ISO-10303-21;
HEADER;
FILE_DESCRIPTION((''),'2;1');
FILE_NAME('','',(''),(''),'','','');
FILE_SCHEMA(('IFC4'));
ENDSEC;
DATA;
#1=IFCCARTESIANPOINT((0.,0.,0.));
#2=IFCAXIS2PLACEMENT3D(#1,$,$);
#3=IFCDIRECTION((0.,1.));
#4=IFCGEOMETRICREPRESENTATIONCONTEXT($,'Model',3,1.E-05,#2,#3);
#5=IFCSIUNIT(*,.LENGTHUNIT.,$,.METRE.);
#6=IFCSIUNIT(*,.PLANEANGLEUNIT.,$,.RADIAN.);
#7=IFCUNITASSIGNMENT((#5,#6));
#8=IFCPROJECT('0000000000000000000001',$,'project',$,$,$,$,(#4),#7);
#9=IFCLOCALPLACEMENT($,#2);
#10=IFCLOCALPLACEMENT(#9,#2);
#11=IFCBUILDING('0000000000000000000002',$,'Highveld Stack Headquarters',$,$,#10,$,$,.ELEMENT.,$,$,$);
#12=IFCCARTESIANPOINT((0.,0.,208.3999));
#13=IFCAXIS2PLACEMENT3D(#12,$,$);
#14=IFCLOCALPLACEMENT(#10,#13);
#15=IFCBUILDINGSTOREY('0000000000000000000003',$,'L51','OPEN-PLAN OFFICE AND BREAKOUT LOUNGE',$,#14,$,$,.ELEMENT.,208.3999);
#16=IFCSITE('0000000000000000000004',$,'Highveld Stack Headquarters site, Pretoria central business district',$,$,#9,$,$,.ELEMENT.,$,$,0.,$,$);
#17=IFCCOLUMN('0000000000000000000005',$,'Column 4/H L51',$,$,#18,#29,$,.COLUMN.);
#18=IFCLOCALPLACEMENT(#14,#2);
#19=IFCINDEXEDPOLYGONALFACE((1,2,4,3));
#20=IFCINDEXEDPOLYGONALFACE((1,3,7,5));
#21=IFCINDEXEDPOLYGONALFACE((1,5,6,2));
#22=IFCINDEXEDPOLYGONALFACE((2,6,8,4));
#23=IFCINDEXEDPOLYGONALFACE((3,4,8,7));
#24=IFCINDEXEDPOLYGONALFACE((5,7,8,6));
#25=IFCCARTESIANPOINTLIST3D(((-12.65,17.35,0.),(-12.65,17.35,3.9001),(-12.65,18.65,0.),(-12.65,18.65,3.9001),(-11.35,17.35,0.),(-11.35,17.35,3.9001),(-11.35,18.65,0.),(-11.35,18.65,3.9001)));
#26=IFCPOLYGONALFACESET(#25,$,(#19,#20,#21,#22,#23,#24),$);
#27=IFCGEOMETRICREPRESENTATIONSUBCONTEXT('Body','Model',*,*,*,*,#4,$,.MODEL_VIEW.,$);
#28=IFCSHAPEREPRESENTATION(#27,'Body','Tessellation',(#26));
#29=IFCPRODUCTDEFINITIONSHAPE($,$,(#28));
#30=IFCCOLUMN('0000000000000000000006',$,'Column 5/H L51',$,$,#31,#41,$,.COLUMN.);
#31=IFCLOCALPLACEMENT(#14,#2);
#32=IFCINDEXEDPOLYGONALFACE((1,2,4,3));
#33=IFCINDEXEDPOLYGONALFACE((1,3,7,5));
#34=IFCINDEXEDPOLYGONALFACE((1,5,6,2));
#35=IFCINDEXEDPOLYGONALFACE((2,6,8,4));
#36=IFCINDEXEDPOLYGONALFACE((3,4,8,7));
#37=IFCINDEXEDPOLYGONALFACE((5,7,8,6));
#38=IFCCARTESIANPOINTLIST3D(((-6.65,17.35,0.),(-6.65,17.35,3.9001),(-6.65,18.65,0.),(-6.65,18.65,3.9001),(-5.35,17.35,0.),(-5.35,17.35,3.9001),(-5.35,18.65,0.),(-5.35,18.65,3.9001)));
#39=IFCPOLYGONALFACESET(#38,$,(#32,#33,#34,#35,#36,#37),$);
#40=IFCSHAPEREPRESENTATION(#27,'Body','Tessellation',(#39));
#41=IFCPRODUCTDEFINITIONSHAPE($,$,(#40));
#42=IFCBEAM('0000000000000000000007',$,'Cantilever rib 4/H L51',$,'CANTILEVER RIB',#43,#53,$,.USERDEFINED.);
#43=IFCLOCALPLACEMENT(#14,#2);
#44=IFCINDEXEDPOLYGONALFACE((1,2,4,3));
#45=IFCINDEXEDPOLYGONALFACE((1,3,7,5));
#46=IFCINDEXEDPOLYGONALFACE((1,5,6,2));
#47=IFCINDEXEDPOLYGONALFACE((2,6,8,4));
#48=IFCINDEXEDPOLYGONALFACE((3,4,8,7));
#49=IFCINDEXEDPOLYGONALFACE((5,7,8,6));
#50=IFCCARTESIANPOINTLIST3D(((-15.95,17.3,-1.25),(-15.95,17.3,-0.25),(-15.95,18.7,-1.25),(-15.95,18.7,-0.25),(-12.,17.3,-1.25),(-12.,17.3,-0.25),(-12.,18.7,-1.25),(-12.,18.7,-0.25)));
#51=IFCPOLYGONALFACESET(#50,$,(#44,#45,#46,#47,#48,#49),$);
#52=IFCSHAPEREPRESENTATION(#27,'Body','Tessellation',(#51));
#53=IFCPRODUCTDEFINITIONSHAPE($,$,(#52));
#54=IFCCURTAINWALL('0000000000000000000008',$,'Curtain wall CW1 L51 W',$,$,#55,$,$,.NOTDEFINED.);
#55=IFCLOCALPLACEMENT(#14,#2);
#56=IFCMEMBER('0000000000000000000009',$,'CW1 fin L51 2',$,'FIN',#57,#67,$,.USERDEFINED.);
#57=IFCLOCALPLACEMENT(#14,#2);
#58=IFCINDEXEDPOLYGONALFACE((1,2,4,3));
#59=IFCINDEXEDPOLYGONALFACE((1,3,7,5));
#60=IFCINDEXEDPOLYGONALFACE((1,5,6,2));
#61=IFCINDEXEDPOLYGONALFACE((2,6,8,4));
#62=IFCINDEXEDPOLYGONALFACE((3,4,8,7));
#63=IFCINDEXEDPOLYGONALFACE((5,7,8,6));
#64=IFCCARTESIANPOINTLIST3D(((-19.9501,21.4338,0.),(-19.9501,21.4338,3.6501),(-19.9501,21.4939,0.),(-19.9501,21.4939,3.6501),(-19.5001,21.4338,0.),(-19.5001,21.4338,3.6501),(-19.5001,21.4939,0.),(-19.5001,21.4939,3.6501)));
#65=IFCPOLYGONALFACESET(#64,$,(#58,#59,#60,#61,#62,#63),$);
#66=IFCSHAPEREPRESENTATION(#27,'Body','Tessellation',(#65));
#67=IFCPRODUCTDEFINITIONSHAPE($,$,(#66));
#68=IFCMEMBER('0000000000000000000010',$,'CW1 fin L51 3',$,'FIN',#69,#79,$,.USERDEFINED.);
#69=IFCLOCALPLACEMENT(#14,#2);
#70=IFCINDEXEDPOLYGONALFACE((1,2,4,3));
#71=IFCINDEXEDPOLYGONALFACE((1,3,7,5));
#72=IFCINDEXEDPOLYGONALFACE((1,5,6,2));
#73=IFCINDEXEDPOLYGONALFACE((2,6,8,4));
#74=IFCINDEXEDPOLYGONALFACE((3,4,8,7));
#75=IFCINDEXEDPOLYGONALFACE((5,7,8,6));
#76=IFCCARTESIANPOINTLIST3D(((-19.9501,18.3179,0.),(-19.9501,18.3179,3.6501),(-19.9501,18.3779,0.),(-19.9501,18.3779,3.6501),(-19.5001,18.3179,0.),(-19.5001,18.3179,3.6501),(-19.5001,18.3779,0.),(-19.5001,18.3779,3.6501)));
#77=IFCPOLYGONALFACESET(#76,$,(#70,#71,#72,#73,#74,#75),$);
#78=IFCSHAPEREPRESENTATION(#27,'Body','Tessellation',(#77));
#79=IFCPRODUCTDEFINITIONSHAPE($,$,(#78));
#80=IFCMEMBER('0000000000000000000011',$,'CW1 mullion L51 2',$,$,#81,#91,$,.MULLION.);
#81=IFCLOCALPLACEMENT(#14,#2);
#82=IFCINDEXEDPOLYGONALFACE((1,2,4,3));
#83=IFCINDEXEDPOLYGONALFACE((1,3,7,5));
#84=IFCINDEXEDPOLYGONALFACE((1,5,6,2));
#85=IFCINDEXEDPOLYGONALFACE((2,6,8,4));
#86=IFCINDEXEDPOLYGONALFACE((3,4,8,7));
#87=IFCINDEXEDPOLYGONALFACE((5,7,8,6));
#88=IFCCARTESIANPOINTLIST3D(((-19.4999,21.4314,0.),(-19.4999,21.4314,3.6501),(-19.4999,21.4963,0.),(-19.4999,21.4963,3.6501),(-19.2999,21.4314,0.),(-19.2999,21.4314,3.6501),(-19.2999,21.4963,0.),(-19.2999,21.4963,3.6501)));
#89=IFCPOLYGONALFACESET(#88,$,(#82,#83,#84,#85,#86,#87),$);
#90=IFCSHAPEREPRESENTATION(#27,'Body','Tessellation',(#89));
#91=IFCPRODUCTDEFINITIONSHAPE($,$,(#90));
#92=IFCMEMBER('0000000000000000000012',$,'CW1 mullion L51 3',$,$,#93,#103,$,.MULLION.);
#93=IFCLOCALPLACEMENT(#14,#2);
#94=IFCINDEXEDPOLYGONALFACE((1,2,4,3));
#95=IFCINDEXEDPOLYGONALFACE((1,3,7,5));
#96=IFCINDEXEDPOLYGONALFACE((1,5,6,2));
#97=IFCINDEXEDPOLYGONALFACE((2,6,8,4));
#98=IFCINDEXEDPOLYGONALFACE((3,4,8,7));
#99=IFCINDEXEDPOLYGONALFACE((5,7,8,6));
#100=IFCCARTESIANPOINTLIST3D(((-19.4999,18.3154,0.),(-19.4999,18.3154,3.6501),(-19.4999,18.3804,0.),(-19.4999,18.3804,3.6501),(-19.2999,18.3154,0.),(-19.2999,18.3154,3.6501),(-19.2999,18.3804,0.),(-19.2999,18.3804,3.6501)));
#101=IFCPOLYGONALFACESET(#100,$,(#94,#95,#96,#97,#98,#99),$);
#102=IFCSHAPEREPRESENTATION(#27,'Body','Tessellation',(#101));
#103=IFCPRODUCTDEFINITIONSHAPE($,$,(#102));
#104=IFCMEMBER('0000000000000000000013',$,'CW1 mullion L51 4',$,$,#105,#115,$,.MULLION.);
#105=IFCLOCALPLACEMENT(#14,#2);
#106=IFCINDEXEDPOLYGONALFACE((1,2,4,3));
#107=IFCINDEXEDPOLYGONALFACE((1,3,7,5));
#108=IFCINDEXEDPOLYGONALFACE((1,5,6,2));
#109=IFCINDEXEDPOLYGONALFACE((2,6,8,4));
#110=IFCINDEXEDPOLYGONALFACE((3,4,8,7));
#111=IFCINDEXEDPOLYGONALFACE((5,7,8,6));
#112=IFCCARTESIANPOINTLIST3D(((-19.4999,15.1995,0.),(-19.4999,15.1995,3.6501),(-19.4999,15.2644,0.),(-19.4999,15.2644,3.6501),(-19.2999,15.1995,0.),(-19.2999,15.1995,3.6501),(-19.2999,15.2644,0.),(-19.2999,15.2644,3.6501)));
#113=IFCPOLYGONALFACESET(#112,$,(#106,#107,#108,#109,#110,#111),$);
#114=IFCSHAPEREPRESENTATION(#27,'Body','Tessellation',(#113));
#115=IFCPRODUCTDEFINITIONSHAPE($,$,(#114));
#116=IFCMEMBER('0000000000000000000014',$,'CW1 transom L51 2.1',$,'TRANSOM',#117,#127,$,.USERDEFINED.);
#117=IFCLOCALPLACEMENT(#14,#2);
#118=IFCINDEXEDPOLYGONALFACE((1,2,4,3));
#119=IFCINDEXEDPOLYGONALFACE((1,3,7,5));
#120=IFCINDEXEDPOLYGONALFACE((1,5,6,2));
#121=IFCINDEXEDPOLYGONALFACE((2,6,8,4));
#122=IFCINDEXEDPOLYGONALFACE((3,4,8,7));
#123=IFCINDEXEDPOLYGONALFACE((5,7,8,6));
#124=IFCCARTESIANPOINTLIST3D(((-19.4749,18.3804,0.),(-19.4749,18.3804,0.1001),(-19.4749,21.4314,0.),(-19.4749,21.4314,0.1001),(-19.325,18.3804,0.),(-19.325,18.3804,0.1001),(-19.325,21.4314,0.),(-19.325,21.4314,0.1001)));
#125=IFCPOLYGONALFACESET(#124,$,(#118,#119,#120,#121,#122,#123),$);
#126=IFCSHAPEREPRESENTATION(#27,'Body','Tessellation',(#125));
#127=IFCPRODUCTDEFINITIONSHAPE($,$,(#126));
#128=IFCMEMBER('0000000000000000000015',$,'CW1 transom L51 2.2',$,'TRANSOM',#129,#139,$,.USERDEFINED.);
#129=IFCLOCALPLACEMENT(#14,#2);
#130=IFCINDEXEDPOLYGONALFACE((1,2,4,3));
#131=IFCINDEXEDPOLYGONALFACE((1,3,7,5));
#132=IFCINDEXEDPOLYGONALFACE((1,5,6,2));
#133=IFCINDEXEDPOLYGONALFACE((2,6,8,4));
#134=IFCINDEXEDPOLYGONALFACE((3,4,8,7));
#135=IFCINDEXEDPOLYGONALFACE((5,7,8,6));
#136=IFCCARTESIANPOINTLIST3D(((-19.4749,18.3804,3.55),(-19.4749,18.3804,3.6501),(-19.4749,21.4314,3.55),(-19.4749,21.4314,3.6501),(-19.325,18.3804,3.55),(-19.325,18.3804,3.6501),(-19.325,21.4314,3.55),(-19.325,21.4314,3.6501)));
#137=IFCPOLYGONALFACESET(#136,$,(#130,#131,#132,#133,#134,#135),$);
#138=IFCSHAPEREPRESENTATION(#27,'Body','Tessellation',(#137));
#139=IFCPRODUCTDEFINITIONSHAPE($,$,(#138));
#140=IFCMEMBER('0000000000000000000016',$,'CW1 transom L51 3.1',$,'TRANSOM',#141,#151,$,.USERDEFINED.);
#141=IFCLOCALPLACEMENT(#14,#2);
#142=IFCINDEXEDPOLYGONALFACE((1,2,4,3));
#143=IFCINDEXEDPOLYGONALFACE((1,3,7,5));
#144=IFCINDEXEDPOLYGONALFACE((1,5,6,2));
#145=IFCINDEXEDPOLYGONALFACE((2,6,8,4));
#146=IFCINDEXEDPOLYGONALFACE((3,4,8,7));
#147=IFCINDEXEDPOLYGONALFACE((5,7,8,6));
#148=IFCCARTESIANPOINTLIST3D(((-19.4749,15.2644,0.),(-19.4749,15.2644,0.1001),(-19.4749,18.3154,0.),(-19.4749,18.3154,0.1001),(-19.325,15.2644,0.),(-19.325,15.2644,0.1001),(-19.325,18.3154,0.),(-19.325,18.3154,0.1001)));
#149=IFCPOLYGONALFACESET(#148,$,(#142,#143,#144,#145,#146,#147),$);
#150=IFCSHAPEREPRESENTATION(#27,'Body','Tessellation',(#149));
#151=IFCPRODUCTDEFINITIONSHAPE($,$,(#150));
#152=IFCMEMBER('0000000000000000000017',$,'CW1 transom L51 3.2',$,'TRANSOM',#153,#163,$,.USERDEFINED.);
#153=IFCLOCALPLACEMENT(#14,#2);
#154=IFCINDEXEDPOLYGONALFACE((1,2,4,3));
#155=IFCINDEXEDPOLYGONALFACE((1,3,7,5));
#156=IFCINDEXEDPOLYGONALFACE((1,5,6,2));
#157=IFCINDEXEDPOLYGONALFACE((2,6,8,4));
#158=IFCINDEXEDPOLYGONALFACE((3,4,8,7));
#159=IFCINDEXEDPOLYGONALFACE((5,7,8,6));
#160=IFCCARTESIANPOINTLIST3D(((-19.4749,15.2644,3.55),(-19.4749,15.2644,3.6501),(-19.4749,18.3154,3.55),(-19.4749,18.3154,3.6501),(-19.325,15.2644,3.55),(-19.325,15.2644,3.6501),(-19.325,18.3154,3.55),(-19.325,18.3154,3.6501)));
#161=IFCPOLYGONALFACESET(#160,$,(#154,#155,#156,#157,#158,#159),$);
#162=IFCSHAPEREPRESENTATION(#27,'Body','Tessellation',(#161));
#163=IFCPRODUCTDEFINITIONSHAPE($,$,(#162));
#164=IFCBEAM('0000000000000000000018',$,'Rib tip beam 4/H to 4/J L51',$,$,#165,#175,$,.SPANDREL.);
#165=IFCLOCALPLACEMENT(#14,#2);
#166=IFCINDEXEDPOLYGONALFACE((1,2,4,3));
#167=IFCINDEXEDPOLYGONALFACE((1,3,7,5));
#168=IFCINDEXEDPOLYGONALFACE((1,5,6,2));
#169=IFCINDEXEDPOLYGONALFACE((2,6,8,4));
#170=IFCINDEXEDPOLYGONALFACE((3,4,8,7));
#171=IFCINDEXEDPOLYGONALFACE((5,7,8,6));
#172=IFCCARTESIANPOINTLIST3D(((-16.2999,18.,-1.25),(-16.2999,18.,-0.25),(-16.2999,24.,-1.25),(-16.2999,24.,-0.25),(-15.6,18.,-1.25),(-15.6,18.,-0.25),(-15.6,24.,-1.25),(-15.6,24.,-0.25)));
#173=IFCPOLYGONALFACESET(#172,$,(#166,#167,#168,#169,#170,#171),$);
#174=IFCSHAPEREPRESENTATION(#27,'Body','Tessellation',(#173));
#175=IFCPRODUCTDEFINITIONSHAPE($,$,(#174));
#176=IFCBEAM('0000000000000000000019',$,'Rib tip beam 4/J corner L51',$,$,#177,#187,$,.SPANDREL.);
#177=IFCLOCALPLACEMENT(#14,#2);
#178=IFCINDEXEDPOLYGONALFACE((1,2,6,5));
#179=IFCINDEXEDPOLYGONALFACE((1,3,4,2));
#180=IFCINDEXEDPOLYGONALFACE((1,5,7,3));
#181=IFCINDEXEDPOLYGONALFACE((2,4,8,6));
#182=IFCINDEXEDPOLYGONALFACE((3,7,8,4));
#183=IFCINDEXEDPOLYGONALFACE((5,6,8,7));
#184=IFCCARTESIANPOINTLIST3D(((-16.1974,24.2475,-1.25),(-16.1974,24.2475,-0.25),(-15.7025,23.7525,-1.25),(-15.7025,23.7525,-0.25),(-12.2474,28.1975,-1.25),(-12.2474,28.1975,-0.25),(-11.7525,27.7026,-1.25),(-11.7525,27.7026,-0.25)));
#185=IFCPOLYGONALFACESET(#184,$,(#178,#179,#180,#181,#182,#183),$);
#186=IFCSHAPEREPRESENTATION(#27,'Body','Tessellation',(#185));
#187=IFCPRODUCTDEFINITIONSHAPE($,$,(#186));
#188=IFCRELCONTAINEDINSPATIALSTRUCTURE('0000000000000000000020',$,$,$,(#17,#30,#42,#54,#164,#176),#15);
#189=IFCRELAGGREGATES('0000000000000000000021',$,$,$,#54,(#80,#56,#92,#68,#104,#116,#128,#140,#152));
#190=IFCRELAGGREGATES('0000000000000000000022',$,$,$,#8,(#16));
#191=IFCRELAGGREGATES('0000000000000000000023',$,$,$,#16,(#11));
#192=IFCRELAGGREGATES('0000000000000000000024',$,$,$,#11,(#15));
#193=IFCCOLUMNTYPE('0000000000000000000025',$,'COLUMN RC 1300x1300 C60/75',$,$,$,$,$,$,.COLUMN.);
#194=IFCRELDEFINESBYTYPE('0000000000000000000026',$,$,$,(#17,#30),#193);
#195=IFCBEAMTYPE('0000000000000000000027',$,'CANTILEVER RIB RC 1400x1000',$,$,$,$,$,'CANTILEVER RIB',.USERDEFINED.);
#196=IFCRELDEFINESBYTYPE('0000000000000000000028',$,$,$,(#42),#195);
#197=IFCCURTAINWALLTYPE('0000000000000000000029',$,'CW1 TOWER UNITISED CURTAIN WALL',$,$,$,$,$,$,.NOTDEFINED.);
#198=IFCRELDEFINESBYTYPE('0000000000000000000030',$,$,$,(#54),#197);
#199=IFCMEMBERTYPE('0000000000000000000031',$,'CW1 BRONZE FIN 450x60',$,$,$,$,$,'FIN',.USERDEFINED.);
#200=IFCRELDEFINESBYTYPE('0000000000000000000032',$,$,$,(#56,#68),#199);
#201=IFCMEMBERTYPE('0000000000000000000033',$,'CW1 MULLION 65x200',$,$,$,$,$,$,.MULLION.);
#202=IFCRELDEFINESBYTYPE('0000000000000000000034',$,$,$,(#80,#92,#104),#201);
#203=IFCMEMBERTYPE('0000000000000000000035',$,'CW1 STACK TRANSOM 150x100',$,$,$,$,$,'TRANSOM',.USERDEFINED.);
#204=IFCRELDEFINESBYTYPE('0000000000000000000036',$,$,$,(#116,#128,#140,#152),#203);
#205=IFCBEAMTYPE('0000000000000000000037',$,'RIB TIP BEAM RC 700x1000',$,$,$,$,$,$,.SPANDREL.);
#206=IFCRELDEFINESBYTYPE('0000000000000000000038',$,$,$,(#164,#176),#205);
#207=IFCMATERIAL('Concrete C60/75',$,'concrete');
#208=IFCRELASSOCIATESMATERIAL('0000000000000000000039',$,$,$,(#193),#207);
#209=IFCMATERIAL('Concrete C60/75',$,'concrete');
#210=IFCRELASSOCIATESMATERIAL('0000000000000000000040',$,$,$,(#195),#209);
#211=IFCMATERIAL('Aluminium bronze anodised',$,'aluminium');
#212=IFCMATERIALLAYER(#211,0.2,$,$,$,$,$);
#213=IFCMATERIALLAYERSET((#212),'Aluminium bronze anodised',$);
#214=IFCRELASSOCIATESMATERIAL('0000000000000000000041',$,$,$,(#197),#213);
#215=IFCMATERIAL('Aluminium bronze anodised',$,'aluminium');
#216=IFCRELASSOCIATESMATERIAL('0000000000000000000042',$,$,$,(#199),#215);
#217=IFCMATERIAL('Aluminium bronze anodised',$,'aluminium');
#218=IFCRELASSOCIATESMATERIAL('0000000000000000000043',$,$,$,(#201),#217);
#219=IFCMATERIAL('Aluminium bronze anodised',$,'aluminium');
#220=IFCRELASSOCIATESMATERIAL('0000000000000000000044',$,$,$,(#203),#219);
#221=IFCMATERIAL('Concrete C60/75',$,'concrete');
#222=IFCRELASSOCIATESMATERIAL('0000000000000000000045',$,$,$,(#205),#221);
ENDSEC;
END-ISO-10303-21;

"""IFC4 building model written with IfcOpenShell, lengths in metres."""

from ifc_helpers import new_model, si_unit, direction, frame, origin, origin_2d, place, context, subcontext, project, spatial, rectangle, extrude, material, layer, layer_set, material_profile, profile_set, type_object, element, aggregate, save


model = new_model("IFC4")

# Units and contexts
model_context = context("Model", 3, precision=1e-05, world=origin(), true_north=direction((0.0, 1.0)))
body_context = subcontext(model_context, "Body", "Model", "MODEL_VIEW")
ifc_project = project(units=[si_unit("LENGTHUNIT", "METRE"), si_unit("PLANEANGLEUNIT", "RADIAN")], contexts=[model_context])

# Site, building, storey
site_placement = place(None, origin())
site = spatial("IfcSite", under=ifc_project, at=site_placement, Name="Highveld Stack Headquarters site, Pretoria central business district", CompositionType="ELEMENT", RefElevation=0.0)
building_placement = place(site_placement, origin())
building = spatial("IfcBuilding", under=site, at=building_placement, Name="Highveld Stack Headquarters", CompositionType="ELEMENT")
storey_placement = place(building_placement, frame((0.0, 0.0, 208.3999)))
storey = spatial("IfcBuildingStorey", under=building, at=storey_placement, Name="L51", Description="OPEN-PLAN OFFICE AND BREAKOUT LOUNGE", CompositionType="ELEMENT", Elevation=208.3999)

# Columns
ifc_material_1 = material(Name="Concrete C60/75", Category="concrete")
ifc_material_profile_1 = material_profile(ifc_material_1, rectangle(XDim=1.3, YDim=1.3, at=origin_2d()), Name="RC 1300x1300")
ifc_profile_set_1 = profile_set([ifc_material_profile_1], Name="Concrete C60/75")
column_type = type_object("IfcColumnType", Name="COLUMN RC 1300x1300 C60/75", PredefinedType="COLUMN", material=ifc_profile_set_1)
for number, where, z_axis, x_axis, name in (
    (1, (-12.0, 18.0, 0.0), (0.0, 0.0, 1.0), (1.0, 0.0, 0.0), "Column 4/H L51"),
    (2, (-6.0, 18.0, 0.0), (0.0, 0.0, 1.0), (1.0, 0.0, 0.0), "Column 5/H L51"),
):
    element("IfcColumn", number, at=place(storey_placement, frame(where, z_axis=z_axis, x_axis=x_axis)), inside=storey, type_object=column_type, Name=name, PredefinedType="COLUMN", context=body_context, shape_type="SweptSolid", body=[
        extrude(rectangle(XDim=1.3, YDim=1.3, at=origin_2d()), origin(), (0.0, 0.0, 1.0), 3.9001),
    ])

# Beam
ifc_material_2 = material(Name="Concrete C60/75", Category="concrete")
ifc_material_profile_2 = material_profile(ifc_material_2, rectangle(XDim=1.3999, YDim=1.0, at=origin_2d()), Name="RC 1400x1000")
ifc_profile_set_2 = profile_set([ifc_material_profile_2], Name="Concrete C60/75")
beam_type_1 = type_object("IfcBeamType", Name="CANTILEVER RIB RC 1400x1000", ElementType="CANTILEVER RIB", PredefinedType="USERDEFINED", material=ifc_profile_set_2)
beam_1_placement = place(storey_placement, frame((-12.0, 18.0, -0.75), z_axis=(-1.0, 0.0, 0.0), x_axis=(0.0, -1.0, 0.0)))
element("IfcBeam", 3, at=beam_1_placement, inside=storey, type_object=beam_type_1, Name="Cantilever rib 4/H L51", ObjectType="CANTILEVER RIB", PredefinedType="USERDEFINED", context=body_context, shape_type="SweptSolid", body=[
    extrude(rectangle(XDim=1.3999, YDim=1.0, at=origin_2d()), origin(), (0.0, 0.0, 1.0), 3.95),
])

# Curtain wall, members
ifc_material_3 = material(Name="Aluminium bronze anodised", Category="aluminium")
ifc_layer_1 = layer(ifc_material_3, 0.2)
ifc_layer_set_1 = layer_set([ifc_layer_1], Name="Aluminium bronze anodised")
curtain_wall_type = type_object("IfcCurtainWallType", Name="CW1 TOWER UNITISED CURTAIN WALL", PredefinedType="NOTDEFINED", material=ifc_layer_set_1)
curtain_wall_placement = place(storey_placement, origin())
curtain_wall = element("IfcCurtainWall", 4, at=curtain_wall_placement, inside=storey, type_object=curtain_wall_type, Name="Curtain wall CW1 L51 W", PredefinedType="NOTDEFINED")
ifc_material_4 = material(Name="Aluminium bronze anodised", Category="aluminium")
ifc_material_profile_3 = material_profile(ifc_material_4, rectangle(XDim=0.45, YDim=0.0601, at=origin_2d()), Name="FIN 450x60")
ifc_profile_set_3 = profile_set([ifc_material_profile_3], Name="Aluminium bronze anodised")
member_type_1 = type_object("IfcMemberType", Name="CW1 BRONZE FIN 450x60", ElementType="FIN", PredefinedType="USERDEFINED", material=ifc_profile_set_3)
member_1_placement = place(storey_placement, frame((-19.7251, 21.4639, 0.0), z_axis=(0.0, 0.0, 1.0), x_axis=(1.0, 0.0, 0.0)))
member_1 = element("IfcMember", 5, at=member_1_placement, type_object=member_type_1, Name="CW1 fin L51 2", ObjectType="FIN", PredefinedType="USERDEFINED", context=body_context, shape_type="SweptSolid", body=[
    extrude(rectangle(XDim=0.45, YDim=0.0601, at=origin_2d()), origin(), (0.0, 0.0, 1.0), 3.6501),
])
member_2_placement = place(storey_placement, frame((-19.7251, 18.3479, 0.0), z_axis=(0.0, 0.0, 1.0), x_axis=(1.0, 0.0, 0.0)))
member_2 = element("IfcMember", 6, at=member_2_placement, type_object=member_type_1, Name="CW1 fin L51 3", ObjectType="FIN", PredefinedType="USERDEFINED", context=body_context, shape_type="SweptSolid", body=[
    extrude(rectangle(XDim=0.45, YDim=0.0601, at=origin_2d()), origin(), (0.0, 0.0, 1.0), 3.6501),
])
ifc_material_5 = material(Name="Aluminium bronze anodised", Category="aluminium")
ifc_material_profile_4 = material_profile(ifc_material_5, rectangle(XDim=0.2, YDim=0.0649, at=origin_2d()), Name="CW1 MULLION 65x200")
ifc_profile_set_4 = profile_set([ifc_material_profile_4], Name="Aluminium bronze anodised")
member_type_2 = type_object("IfcMemberType", Name="CW1 MULLION 65x200", PredefinedType="MULLION", material=ifc_profile_set_4)
member_3_placement = place(storey_placement, frame((-19.3999, 21.4639, 0.0), z_axis=(0.0, 0.0, 1.0), x_axis=(1.0, 0.0, 0.0)))
member_3 = element("IfcMember", 7, at=member_3_placement, type_object=member_type_2, Name="CW1 mullion L51 2", PredefinedType="MULLION", context=body_context, shape_type="SweptSolid", body=[
    extrude(rectangle(XDim=0.2, YDim=0.0649, at=origin_2d()), origin(), (0.0, 0.0, 1.0), 3.6501),
])
member_4_placement = place(storey_placement, frame((-19.3999, 18.3479, 0.0), z_axis=(0.0, 0.0, 1.0), x_axis=(1.0, 0.0, 0.0)))
member_4 = element("IfcMember", 8, at=member_4_placement, type_object=member_type_2, Name="CW1 mullion L51 3", PredefinedType="MULLION", context=body_context, shape_type="SweptSolid", body=[
    extrude(rectangle(XDim=0.2, YDim=0.0649, at=origin_2d()), origin(), (0.0, 0.0, 1.0), 3.6501),
])
member_5_placement = place(storey_placement, frame((-19.3999, 15.2319, 0.0), z_axis=(0.0, 0.0, 1.0), x_axis=(1.0, 0.0, 0.0)))
member_5 = element("IfcMember", 9, at=member_5_placement, type_object=member_type_2, Name="CW1 mullion L51 4", PredefinedType="MULLION", context=body_context, shape_type="SweptSolid", body=[
    extrude(rectangle(XDim=0.2, YDim=0.0649, at=origin_2d()), origin(), (0.0, 0.0, 1.0), 3.6501),
])
ifc_material_6 = material(Name="Aluminium bronze anodised", Category="aluminium")
ifc_material_profile_5 = material_profile(ifc_material_6, rectangle(XDim=0.1499, YDim=0.1001, at=origin_2d()), Name="CW1 TRANSOM 150x100")
ifc_profile_set_5 = profile_set([ifc_material_profile_5], Name="Aluminium bronze anodised")
member_type_3 = type_object("IfcMemberType", Name="CW1 STACK TRANSOM 150x100", ElementType="TRANSOM", PredefinedType="USERDEFINED", material=ifc_profile_set_5)
member_6_placement = place(storey_placement, frame((-19.3999, 21.4314, 0.05), z_axis=(0.0, -1.0, 0.0), x_axis=(1.0, 0.0, 0.0)))
member_6 = element("IfcMember", 10, at=member_6_placement, type_object=member_type_3, Name="CW1 transom L51 2.1", ObjectType="TRANSOM", PredefinedType="USERDEFINED", context=body_context, shape_type="SweptSolid", body=[
    extrude(rectangle(XDim=0.1499, YDim=0.1001, at=origin_2d()), origin(), (0.0, 0.0, 1.0), 3.051),
])
member_7_placement = place(storey_placement, frame((-19.3999, 21.4314, 3.6001), z_axis=(0.0, -1.0, 0.0), x_axis=(1.0, 0.0, 0.0)))
member_7 = element("IfcMember", 11, at=member_7_placement, type_object=member_type_3, Name="CW1 transom L51 2.2", ObjectType="TRANSOM", PredefinedType="USERDEFINED", context=body_context, shape_type="SweptSolid", body=[
    extrude(rectangle(XDim=0.1499, YDim=0.1001, at=origin_2d()), origin(), (0.0, 0.0, 1.0), 3.051),
])
member_8_placement = place(storey_placement, frame((-19.3999, 18.3154, 0.05), z_axis=(0.0, -1.0, 0.0), x_axis=(1.0, 0.0, 0.0)))
member_8 = element("IfcMember", 12, at=member_8_placement, type_object=member_type_3, Name="CW1 transom L51 3.1", ObjectType="TRANSOM", PredefinedType="USERDEFINED", context=body_context, shape_type="SweptSolid", body=[
    extrude(rectangle(XDim=0.1499, YDim=0.1001, at=origin_2d()), origin(), (0.0, 0.0, 1.0), 3.051),
])
member_9_placement = place(storey_placement, frame((-19.3999, 18.3154, 3.6001), z_axis=(0.0, -1.0, 0.0), x_axis=(1.0, 0.0, 0.0)))
member_9 = element("IfcMember", 13, at=member_9_placement, type_object=member_type_3, Name="CW1 transom L51 3.2", ObjectType="TRANSOM", PredefinedType="USERDEFINED", context=body_context, shape_type="SweptSolid", body=[
    extrude(rectangle(XDim=0.1499, YDim=0.1001, at=origin_2d()), origin(), (0.0, 0.0, 1.0), 3.051),
])

# Beams
ifc_material_7 = material(Name="Concrete C60/75", Category="concrete")
ifc_material_profile_6 = material_profile(ifc_material_7, rectangle(XDim=0.7, YDim=1.0, at=origin_2d()), Name="RC 700x1000")
ifc_profile_set_6 = profile_set([ifc_material_profile_6], Name="Concrete C60/75")
beam_type_2 = type_object("IfcBeamType", Name="RIB TIP BEAM RC 700x1000", PredefinedType="SPANDREL", material=ifc_profile_set_6)
beam_2_placement = place(storey_placement, frame((-15.95, 18.0, -0.75), z_axis=(0.0, 1.0, 0.0), x_axis=(-1.0, 0.0, 0.0)))
element("IfcBeam", 14, at=beam_2_placement, inside=storey, type_object=beam_type_2, Name="Rib tip beam 4/H to 4/J L51", PredefinedType="SPANDREL", context=body_context, shape_type="SweptSolid", body=[
    extrude(rectangle(XDim=0.7, YDim=1.0, at=origin_2d()), origin(), (0.0, 0.0, 1.0), 6.0),
])
beam_3_placement = place(storey_placement, frame((-15.95, 24.0, -0.75), z_axis=(0.707107, 0.707107, 0.0), x_axis=(-0.707107, 0.707107, 0.0)))
element("IfcBeam", 15, at=beam_3_placement, inside=storey, type_object=beam_type_2, Name="Rib tip beam 4/J corner L51", PredefinedType="SPANDREL", context=body_context, shape_type="SweptSolid", body=[
    extrude(rectangle(XDim=0.7, YDim=1.0, at=origin_2d()), origin(), (0.0, 0.0, 1.0), 5.5862),
])

aggregate(curtain_wall, [member_3, member_1, member_4, member_2, member_5, member_6, member_7, member_8, member_9])

save(model, "model.ifc")
